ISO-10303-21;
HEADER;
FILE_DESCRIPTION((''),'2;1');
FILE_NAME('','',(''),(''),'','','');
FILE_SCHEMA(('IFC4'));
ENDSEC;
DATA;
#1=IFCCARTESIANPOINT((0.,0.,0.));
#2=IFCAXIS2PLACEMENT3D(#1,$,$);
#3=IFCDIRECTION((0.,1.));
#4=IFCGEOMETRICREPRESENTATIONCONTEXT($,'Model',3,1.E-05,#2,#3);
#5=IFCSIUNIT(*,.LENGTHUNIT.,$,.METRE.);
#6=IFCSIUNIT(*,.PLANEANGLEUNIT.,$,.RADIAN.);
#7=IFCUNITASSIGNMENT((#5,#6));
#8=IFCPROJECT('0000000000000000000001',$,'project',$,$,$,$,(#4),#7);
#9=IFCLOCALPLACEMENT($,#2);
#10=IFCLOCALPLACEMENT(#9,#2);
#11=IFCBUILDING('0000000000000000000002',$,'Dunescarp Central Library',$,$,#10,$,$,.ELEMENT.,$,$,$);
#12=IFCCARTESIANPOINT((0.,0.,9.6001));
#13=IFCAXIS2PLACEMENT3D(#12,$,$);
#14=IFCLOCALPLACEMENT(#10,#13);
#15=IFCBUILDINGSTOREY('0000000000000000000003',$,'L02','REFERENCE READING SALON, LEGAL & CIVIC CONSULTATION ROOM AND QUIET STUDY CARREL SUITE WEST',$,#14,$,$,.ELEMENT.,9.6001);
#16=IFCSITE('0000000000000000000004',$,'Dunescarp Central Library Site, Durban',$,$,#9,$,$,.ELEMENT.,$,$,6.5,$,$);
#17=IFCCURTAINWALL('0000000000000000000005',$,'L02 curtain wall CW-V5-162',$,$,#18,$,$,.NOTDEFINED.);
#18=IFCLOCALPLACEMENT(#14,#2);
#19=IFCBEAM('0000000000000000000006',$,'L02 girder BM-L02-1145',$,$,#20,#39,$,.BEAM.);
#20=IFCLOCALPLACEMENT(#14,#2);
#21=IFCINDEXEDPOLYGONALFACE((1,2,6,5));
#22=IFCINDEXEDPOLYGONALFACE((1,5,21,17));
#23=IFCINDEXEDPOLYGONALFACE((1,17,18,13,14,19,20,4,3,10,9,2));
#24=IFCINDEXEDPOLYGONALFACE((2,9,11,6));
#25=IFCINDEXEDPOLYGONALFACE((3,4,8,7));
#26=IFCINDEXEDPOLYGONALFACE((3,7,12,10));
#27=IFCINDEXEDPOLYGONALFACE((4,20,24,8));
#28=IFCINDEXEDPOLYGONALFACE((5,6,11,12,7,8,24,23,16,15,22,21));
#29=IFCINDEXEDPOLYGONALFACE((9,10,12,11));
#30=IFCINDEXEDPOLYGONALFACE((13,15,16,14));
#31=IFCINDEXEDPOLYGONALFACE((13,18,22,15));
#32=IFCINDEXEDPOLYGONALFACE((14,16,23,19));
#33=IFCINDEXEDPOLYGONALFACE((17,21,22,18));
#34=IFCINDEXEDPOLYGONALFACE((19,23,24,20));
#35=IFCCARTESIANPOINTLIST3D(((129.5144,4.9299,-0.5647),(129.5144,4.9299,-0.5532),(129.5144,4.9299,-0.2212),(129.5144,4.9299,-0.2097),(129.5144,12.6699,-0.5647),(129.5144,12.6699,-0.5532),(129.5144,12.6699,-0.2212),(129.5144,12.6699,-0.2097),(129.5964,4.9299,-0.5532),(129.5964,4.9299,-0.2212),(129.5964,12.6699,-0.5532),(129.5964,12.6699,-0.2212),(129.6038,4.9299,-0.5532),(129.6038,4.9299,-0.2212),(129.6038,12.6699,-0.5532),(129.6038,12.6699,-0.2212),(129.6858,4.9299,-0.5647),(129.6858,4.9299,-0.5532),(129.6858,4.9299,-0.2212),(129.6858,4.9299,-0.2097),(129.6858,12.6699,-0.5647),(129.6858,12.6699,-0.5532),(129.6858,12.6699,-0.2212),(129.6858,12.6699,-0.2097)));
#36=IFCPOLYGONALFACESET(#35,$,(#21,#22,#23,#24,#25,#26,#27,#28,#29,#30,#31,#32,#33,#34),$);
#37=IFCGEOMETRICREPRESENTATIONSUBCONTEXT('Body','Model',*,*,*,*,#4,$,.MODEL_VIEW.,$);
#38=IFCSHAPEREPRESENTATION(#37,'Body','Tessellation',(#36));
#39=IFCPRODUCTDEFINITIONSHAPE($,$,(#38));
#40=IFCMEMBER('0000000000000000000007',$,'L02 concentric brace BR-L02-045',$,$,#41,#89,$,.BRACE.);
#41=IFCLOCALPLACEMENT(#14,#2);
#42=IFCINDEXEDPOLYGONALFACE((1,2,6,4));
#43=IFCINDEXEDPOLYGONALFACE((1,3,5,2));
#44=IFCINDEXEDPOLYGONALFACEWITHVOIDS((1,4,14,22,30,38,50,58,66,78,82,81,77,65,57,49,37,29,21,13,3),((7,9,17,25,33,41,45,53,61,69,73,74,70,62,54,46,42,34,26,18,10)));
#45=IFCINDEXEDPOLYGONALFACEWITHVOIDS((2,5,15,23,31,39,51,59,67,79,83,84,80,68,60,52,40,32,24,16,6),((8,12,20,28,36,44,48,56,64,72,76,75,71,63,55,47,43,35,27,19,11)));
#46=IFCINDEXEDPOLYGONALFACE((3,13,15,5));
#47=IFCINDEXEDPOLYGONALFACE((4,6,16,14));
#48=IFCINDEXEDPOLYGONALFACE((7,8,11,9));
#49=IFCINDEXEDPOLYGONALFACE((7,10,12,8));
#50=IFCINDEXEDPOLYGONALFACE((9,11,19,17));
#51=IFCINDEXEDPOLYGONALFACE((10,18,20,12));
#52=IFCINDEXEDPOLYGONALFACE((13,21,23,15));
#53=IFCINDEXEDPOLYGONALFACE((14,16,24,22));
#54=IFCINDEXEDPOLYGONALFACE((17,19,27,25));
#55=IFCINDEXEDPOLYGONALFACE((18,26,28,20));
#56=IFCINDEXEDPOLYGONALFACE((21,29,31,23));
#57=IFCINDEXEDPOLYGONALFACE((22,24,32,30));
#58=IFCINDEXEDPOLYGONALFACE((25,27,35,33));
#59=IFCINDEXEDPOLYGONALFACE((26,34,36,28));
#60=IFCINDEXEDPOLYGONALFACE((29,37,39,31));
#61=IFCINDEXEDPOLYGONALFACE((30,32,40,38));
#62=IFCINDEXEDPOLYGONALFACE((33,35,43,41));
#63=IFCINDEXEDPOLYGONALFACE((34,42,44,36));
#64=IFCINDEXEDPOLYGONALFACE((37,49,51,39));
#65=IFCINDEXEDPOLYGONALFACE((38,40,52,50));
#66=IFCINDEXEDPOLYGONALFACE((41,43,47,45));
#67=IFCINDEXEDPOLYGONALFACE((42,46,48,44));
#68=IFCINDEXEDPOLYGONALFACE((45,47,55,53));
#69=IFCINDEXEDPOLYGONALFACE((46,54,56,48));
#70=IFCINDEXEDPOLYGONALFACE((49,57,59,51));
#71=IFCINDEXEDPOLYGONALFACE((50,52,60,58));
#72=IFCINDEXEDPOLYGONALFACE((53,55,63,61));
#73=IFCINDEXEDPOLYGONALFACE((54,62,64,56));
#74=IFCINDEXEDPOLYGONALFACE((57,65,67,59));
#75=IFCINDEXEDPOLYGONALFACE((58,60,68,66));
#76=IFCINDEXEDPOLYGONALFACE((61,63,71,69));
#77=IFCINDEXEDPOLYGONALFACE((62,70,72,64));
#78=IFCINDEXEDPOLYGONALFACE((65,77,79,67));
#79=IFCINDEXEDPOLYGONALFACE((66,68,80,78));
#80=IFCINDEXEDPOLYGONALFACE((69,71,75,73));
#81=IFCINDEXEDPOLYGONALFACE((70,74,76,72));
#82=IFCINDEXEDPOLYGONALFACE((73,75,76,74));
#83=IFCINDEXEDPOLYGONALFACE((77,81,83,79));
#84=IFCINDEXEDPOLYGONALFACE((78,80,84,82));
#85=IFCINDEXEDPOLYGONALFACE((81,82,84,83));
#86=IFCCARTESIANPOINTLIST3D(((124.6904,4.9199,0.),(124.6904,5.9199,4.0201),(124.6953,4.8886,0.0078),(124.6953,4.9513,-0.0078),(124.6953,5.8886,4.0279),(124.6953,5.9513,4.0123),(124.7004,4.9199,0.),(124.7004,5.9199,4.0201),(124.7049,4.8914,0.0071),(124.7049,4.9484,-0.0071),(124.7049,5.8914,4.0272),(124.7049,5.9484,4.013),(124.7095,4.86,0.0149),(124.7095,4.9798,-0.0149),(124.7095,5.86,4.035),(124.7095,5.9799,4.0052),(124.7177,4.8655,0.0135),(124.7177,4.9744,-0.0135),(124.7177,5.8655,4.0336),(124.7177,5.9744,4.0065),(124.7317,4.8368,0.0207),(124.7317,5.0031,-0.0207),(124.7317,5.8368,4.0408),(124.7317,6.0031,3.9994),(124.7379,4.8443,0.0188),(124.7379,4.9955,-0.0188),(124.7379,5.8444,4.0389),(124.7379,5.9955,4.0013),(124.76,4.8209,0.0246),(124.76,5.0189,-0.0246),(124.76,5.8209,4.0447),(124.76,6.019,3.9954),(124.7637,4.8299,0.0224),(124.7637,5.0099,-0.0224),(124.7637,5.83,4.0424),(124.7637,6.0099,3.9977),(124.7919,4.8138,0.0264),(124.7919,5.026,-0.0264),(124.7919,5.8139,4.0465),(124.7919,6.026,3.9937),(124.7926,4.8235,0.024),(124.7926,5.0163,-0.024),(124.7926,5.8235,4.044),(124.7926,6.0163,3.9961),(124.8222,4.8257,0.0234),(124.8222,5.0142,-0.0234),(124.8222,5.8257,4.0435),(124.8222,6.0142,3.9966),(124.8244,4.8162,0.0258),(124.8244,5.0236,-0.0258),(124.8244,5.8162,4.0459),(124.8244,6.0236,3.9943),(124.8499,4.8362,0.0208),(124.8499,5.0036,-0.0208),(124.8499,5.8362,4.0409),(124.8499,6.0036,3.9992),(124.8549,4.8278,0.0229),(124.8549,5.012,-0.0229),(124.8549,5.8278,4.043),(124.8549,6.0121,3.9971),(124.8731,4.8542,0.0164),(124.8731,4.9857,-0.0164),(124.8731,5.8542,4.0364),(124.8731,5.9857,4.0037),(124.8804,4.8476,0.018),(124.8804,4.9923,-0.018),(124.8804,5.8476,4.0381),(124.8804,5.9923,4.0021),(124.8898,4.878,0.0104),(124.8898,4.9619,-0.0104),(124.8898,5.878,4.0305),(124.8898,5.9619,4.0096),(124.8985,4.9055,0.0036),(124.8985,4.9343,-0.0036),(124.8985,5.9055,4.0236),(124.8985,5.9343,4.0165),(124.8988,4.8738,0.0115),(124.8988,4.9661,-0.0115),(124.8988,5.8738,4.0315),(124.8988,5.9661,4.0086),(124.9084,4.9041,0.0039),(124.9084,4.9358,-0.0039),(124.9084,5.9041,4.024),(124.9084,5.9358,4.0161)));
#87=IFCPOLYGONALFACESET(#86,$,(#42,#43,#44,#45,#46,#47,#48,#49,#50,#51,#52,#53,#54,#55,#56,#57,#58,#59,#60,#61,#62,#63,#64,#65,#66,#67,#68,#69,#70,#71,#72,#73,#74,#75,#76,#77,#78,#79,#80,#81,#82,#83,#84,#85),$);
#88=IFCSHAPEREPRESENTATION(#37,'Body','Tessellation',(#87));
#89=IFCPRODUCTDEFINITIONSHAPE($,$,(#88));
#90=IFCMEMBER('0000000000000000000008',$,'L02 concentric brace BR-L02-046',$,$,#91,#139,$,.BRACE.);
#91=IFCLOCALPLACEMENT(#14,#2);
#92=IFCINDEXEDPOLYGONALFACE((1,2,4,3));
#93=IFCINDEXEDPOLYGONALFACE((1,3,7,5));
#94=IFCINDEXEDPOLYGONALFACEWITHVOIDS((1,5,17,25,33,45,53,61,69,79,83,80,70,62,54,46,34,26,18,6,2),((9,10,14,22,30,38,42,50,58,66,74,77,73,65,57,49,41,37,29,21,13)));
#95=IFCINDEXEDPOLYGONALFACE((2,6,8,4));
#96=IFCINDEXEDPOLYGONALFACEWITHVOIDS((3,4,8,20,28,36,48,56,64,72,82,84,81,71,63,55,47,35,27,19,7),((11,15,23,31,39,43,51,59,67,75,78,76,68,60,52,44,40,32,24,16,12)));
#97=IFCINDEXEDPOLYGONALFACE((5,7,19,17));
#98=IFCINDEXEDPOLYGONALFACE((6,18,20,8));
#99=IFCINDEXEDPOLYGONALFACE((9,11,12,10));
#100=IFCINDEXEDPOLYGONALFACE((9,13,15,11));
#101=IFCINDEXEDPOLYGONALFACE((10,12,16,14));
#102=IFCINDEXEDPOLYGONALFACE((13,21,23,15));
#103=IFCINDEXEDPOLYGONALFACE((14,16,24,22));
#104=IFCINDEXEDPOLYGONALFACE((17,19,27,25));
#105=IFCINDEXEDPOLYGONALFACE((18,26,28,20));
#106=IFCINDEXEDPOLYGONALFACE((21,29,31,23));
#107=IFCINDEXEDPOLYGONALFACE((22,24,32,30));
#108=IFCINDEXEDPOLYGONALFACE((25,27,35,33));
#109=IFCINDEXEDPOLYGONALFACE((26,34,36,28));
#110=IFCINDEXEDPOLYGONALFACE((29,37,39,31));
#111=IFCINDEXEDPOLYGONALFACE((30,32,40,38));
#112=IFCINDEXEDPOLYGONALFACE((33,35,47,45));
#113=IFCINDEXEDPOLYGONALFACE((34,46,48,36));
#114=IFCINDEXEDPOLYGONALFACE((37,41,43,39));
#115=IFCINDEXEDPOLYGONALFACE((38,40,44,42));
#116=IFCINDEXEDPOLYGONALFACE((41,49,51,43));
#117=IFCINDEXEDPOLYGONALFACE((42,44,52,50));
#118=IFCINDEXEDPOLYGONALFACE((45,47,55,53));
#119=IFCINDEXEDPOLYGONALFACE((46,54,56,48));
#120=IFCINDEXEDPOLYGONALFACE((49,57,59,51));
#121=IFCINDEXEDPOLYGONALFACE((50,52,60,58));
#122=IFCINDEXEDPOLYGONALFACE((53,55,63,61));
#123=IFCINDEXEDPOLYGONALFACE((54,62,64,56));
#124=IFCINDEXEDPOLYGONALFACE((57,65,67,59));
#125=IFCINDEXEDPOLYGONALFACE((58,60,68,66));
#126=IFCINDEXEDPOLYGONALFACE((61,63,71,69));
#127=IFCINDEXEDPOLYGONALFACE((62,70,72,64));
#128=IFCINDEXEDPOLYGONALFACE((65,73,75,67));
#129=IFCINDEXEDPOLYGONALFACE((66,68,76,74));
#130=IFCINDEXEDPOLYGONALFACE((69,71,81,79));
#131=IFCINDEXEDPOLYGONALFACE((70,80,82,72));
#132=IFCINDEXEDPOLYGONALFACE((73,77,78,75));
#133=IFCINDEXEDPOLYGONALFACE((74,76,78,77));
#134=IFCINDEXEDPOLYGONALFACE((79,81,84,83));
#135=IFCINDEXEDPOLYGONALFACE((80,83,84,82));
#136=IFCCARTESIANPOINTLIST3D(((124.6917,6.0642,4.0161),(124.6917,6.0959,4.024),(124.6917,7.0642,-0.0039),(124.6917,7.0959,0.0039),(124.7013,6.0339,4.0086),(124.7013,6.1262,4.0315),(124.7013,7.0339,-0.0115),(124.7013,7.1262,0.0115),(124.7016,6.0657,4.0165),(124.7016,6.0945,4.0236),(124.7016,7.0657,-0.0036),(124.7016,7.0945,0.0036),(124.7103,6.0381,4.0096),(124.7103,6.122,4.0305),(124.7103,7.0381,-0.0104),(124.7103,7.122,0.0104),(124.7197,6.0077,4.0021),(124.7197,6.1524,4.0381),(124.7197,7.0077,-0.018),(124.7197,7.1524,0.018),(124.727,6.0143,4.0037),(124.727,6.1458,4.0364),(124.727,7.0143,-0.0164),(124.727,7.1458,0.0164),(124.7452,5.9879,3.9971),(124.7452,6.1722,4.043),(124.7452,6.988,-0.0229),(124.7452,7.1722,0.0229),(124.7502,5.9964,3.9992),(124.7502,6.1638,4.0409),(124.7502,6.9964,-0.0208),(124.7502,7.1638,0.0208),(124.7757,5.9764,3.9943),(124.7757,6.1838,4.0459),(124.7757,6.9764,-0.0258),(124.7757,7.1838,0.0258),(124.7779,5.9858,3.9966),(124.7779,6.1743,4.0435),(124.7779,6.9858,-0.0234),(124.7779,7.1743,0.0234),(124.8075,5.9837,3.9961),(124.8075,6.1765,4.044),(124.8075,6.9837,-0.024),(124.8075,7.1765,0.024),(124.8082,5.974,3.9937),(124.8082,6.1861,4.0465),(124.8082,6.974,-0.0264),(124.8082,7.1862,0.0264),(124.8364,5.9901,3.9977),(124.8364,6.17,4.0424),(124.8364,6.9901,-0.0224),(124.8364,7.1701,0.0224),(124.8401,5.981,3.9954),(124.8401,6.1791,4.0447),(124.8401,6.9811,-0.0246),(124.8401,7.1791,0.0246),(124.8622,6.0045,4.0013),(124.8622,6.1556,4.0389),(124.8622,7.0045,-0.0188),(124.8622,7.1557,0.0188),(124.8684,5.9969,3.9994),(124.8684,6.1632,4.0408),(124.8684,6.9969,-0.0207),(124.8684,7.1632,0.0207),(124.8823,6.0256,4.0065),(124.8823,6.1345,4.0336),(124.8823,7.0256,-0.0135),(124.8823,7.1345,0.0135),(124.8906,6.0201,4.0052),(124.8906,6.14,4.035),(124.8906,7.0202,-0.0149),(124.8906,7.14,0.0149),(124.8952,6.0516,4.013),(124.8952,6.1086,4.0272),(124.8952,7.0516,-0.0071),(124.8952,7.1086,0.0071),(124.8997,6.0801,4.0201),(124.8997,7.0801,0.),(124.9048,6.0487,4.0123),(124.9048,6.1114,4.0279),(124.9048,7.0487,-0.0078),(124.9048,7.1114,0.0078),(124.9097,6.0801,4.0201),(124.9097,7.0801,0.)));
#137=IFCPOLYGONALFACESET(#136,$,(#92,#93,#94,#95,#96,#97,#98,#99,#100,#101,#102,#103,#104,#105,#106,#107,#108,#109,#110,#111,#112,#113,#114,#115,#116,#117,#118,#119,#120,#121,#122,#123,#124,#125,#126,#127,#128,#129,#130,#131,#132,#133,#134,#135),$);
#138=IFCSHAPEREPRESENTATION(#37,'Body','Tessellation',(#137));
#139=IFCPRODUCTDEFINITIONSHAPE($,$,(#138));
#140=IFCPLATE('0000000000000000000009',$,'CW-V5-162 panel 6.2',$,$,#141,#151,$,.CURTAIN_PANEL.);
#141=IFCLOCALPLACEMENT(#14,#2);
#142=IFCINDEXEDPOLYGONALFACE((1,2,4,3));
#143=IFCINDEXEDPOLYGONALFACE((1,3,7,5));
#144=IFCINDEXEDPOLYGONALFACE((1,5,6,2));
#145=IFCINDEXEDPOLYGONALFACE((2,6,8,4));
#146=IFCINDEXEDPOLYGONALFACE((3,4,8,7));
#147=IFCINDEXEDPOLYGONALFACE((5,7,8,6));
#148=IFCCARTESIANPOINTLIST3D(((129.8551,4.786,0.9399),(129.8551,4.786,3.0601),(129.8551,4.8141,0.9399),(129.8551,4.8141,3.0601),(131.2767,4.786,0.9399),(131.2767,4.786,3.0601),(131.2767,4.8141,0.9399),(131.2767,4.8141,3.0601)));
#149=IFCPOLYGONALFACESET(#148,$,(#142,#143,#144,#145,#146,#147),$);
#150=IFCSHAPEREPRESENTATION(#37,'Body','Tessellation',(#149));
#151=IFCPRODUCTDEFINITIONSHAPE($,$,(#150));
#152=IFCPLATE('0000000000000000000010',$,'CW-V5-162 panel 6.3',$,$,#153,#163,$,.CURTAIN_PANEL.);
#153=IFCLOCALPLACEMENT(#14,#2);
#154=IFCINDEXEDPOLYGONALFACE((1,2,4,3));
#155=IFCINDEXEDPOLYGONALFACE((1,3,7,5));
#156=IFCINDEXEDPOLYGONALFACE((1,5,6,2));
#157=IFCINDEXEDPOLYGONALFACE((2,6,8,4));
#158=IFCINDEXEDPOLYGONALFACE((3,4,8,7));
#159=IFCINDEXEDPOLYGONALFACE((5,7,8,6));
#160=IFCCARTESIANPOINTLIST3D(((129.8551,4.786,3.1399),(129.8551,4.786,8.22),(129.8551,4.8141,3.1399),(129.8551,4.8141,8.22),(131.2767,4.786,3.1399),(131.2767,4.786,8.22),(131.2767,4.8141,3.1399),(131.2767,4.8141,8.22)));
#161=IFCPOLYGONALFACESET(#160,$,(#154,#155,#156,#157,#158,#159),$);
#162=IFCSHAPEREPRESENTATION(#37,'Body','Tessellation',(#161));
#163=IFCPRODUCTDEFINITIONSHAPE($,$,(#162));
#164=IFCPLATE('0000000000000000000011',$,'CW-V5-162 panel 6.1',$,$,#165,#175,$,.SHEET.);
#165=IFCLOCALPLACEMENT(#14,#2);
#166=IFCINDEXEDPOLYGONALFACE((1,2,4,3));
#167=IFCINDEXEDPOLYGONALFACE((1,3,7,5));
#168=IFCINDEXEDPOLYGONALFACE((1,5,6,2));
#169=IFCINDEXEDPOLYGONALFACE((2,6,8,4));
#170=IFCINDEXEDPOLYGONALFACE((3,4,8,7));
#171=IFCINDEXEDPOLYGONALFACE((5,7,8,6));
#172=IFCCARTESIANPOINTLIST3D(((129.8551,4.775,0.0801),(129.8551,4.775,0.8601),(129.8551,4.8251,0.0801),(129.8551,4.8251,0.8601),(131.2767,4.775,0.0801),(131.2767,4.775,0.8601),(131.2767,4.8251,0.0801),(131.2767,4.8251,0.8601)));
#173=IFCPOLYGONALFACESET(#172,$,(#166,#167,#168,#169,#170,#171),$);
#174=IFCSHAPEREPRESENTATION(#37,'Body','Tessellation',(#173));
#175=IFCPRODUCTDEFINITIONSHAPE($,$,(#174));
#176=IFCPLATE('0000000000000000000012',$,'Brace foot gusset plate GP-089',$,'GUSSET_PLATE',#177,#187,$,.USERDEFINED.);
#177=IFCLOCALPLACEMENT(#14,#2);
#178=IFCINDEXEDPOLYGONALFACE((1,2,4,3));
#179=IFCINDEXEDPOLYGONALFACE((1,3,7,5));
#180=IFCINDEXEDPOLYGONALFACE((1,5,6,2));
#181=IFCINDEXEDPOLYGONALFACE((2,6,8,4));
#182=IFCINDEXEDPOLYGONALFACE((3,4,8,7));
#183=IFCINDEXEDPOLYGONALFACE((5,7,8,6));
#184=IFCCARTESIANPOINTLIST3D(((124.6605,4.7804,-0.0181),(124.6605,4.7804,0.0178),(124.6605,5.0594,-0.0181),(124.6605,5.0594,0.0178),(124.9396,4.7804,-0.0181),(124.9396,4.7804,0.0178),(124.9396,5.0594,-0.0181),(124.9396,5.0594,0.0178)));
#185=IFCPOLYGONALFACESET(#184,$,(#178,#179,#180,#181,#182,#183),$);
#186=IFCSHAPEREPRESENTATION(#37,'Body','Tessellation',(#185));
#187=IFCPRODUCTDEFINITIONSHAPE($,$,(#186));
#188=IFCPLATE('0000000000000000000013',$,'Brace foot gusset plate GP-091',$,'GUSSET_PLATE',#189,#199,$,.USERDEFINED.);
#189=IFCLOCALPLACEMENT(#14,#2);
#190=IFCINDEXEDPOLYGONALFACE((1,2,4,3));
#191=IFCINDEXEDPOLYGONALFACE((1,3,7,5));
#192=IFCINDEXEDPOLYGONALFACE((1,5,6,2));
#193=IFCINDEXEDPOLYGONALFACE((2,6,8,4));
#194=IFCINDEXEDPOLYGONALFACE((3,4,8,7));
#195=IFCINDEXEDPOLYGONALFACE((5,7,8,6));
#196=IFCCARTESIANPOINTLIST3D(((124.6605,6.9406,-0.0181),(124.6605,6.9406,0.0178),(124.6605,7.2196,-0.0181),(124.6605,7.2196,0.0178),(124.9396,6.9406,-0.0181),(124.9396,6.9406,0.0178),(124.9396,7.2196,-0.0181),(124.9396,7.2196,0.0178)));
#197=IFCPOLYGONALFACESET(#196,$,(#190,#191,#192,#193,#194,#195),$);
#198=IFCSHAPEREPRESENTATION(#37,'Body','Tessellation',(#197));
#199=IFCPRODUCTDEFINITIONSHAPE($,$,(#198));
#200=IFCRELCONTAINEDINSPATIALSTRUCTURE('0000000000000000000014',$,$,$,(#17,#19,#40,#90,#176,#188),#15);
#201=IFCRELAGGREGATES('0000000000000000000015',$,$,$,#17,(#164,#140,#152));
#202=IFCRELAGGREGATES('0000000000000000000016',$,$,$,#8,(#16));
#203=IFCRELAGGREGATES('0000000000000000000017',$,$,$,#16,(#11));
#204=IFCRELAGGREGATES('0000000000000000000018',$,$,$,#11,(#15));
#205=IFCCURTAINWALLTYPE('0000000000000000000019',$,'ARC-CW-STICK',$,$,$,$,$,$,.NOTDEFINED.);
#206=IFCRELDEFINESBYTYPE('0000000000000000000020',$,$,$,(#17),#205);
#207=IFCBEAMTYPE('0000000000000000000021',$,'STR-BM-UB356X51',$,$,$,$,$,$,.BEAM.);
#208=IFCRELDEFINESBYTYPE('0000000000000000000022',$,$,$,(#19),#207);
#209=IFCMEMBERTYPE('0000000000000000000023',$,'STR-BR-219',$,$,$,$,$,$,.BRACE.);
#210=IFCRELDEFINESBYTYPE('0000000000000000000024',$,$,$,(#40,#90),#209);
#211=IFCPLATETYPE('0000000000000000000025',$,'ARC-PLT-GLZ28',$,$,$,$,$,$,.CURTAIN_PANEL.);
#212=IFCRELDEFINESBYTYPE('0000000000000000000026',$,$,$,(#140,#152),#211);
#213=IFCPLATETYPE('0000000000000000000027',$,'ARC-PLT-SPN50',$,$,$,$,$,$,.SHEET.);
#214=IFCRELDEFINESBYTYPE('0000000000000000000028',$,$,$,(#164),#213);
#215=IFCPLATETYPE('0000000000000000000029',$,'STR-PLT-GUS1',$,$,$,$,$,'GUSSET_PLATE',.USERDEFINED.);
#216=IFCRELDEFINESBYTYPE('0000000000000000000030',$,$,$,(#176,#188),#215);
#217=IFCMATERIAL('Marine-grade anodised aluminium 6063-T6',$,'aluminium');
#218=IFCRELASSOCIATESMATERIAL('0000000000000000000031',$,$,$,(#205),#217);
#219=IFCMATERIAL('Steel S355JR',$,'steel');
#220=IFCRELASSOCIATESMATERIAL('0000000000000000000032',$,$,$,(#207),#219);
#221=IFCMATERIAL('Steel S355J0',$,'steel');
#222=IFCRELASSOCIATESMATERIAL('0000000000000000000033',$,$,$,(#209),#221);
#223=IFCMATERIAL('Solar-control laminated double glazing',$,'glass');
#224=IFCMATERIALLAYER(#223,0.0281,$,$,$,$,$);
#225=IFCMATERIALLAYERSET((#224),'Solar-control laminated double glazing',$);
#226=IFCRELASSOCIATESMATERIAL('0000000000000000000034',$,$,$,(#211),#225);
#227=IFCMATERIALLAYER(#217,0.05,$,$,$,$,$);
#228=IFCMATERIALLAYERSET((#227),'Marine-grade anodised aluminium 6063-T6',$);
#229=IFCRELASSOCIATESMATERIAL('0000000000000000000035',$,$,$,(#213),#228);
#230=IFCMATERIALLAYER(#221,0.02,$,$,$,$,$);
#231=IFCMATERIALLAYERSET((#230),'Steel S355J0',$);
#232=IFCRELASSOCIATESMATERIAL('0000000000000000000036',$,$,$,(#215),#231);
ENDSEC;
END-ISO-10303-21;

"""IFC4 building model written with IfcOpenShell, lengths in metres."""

from ifc_helpers import new_model, si_unit, direction, frame, origin, origin_2d, place, context, subcontext, project, spatial, rectangle, hollow_circle, i_section, extrude, material, layer, layer_set, material_profile, profile_set, type_object, element, aggregate, save


model = new_model("IFC4")

# Units and contexts
model_context = context("Model", 3, precision=1e-05, world=origin(), true_north=direction((0.0, 1.0)))
body_context = subcontext(model_context, "Body", "Model", "MODEL_VIEW")
ifc_project = project(units=[si_unit("LENGTHUNIT", "METRE"), si_unit("PLANEANGLEUNIT", "RADIAN")], contexts=[model_context])

# Site, building, storey
site_placement = place(None, origin())
site = spatial("IfcSite", under=ifc_project, at=site_placement, Name="Dunescarp Central Library Site, Durban", CompositionType="ELEMENT", RefElevation=6.5)
building_placement = place(site_placement, origin())
building = spatial("IfcBuilding", under=site, at=building_placement, Name="Dunescarp Central Library", CompositionType="ELEMENT")
storey_placement = place(building_placement, frame((0.0, 0.0, 9.6001)))
storey = spatial("IfcBuildingStorey", under=building, at=storey_placement, Name="L02", Description="REFERENCE READING SALON, LEGAL & CIVIC CONSULTATION ROOM AND QUIET STUDY CARREL SUITE WEST", CompositionType="ELEMENT", Elevation=9.6001)

# Shared definitions
ifc_material_1 = material(Name="Steel S355JR", Category="steel")

# Curtain wall
ifc_material_2 = material(Name="Marine-grade anodised aluminium 6063-T6", Category="aluminium")
curtain_wall_type = type_object("IfcCurtainWallType", Name="ARC-CW-STICK", PredefinedType="NOTDEFINED", material=ifc_material_2)
curtain_wall_placement = place(storey_placement, origin())
curtain_wall = element("IfcCurtainWall", 1, at=curtain_wall_placement, inside=storey, type_object=curtain_wall_type, Name="L02 curtain wall CW-V5-162", PredefinedType="NOTDEFINED")

# Beam
ifc_material_profile_1 = material_profile(ifc_material_1, i_section(OverallWidth=0.1714, OverallDepth=0.355, WebThickness=0.0073, FlangeThickness=0.0115, at=origin_2d()), Name="UB 356x171x51")
ifc_profile_set_1 = profile_set([ifc_material_profile_1], Name="Steel S355JR")
beam_type_1 = type_object("IfcBeamType", Name="STR-BM-UB356X51", PredefinedType="BEAM", material=ifc_profile_set_1)
beam_1_placement = place(storey_placement, frame((129.6001, 4.9299, -0.3872), z_axis=(0.0, 1.0, 0.0), x_axis=(-1.0, 0.0, 0.0)))
element("IfcBeam", 2, at=beam_1_placement, inside=storey, type_object=beam_type_1, Name="L02 girder BM-L02-1145", PredefinedType="BEAM", context=body_context, shape_type="SweptSolid", body=[
    extrude(i_section(OverallWidth=0.1714, OverallDepth=0.355, WebThickness=0.0073, FlangeThickness=0.0115, at=origin_2d()), origin(), (0.0, 0.0, 1.0), 7.74),
])

# Members
ifc_material_3 = material(Name="Steel S355J0", Category="steel")
ifc_material_profile_2 = material_profile(ifc_material_3, hollow_circle(Radius=0.1096, WallThickness=0.01, at=origin_2d()), Name="CHS 219.1x10")
ifc_profile_set_2 = profile_set([ifc_material_profile_2], Name="Steel S355J0")
member_type_1 = type_object("IfcMemberType", Name="STR-BR-219", PredefinedType="BRACE", material=ifc_profile_set_2)
for number, where, z_axis, x_axis, name in (
    (3, (124.8, 4.9199, 0.0), (0.0, 0.241398, 0.970426), (-1.0, 0.0, 0.0), "L02 concentric brace BR-L02-045"),
    (4, (124.8, 7.0801, 0.0), (0.0, -0.241398, 0.970426), (1.0, 0.0, 0.0), "L02 concentric brace BR-L02-046"),
):
    element("IfcMember", number, at=place(storey_placement, frame(where, z_axis=z_axis, x_axis=x_axis)), inside=storey, type_object=member_type_1, Name=name, PredefinedType="BRACE", context=body_context, shape_type="SweptSolid", body=[
        extrude(hollow_circle(Radius=0.1096, WallThickness=0.01, at=origin_2d()), origin(), (0.0, 0.0, 1.0), 4.1426),
    ])

# Plates
ifc_material_4 = material(Name="Solar-control laminated double glazing", Category="glass")
ifc_layer_1 = layer(ifc_material_4, 0.0281)
ifc_layer_set_1 = layer_set([ifc_layer_1], Name="Solar-control laminated double glazing")
plate_type_1 = type_object("IfcPlateType", Name="ARC-PLT-GLZ28", PredefinedType="CURTAIN_PANEL", material=ifc_layer_set_1)
plate_1_placement = place(storey_placement, frame((130.5659, 4.8, 0.9399), z_axis=(0.0, 0.0, 1.0), x_axis=(-1.0, 0.0, 0.0)))
plate_1 = element("IfcPlate", 5, at=plate_1_placement, type_object=plate_type_1, Name="CW-V5-162 panel 6.2", PredefinedType="CURTAIN_PANEL", context=body_context, shape_type="SweptSolid", body=[
    extrude(rectangle(XDim=1.4216, YDim=0.0281, at=origin_2d()), origin(), (0.0, 0.0, 1.0), 2.1201),
])
plate_2_placement = place(storey_placement, frame((130.5659, 4.8, 3.1399), z_axis=(0.0, 0.0, 1.0), x_axis=(-1.0, 0.0, 0.0)))
plate_2 = element("IfcPlate", 6, at=plate_2_placement, type_object=plate_type_1, Name="CW-V5-162 panel 6.3", PredefinedType="CURTAIN_PANEL", context=body_context, shape_type="SweptSolid", body=[
    extrude(rectangle(XDim=1.4216, YDim=0.0281, at=origin_2d()), origin(), (0.0, 0.0, 1.0), 5.0801),
])
ifc_layer_2 = layer(ifc_material_2, 0.05)
ifc_layer_set_2 = layer_set([ifc_layer_2], Name="Marine-grade anodised aluminium 6063-T6")
plate_type_2 = type_object("IfcPlateType", Name="ARC-PLT-SPN50", PredefinedType="SHEET", material=ifc_layer_set_2)
plate_3_placement = place(storey_placement, frame((130.5659, 4.8, 0.0801), z_axis=(0.0, 0.0, 1.0), x_axis=(-1.0, 0.0, 0.0)))
plate_3 = element("IfcPlate", 7, at=plate_3_placement, type_object=plate_type_2, Name="CW-V5-162 panel 6.1", PredefinedType="SHEET", context=body_context, shape_type="SweptSolid", body=[
    extrude(rectangle(XDim=1.4216, YDim=0.05, at=origin_2d()), origin(), (0.0, 0.0, 1.0), 0.78),
])
aggregate(curtain_wall, [plate_3, plate_1, plate_2])

# Plates
ifc_layer_3 = layer(ifc_material_3, 0.02)
ifc_layer_set_3 = layer_set([ifc_layer_3], Name="Steel S355J0")
plate_type_3 = type_object("IfcPlateType", Name="STR-PLT-GUS1", ElementType="GUSSET_PLATE", PredefinedType="USERDEFINED", material=ifc_layer_set_3)
for number, where, z_axis, x_axis, name in (
    (8, (124.8, 4.9199, -0.0181), (0.0, 0.0, 1.0), (1.0, 0.0, 0.0), "Brace foot gusset plate GP-089"),
    (9, (124.8, 7.0801, -0.0181), (0.0, 0.0, 1.0), (1.0, 0.0, 0.0), "Brace foot gusset plate GP-091"),
):
    element("IfcPlate", number, at=place(storey_placement, frame(where, z_axis=z_axis, x_axis=x_axis)), inside=storey, type_object=plate_type_3, Name=name, ObjectType="GUSSET_PLATE", PredefinedType="USERDEFINED", context=body_context, shape_type="SweptSolid", body=[
        extrude(rectangle(XDim=0.2791, YDim=0.2791, at=origin_2d()), origin(), (0.0, 0.0, 1.0), 0.0359),
    ])

save(model, "model.ifc")
